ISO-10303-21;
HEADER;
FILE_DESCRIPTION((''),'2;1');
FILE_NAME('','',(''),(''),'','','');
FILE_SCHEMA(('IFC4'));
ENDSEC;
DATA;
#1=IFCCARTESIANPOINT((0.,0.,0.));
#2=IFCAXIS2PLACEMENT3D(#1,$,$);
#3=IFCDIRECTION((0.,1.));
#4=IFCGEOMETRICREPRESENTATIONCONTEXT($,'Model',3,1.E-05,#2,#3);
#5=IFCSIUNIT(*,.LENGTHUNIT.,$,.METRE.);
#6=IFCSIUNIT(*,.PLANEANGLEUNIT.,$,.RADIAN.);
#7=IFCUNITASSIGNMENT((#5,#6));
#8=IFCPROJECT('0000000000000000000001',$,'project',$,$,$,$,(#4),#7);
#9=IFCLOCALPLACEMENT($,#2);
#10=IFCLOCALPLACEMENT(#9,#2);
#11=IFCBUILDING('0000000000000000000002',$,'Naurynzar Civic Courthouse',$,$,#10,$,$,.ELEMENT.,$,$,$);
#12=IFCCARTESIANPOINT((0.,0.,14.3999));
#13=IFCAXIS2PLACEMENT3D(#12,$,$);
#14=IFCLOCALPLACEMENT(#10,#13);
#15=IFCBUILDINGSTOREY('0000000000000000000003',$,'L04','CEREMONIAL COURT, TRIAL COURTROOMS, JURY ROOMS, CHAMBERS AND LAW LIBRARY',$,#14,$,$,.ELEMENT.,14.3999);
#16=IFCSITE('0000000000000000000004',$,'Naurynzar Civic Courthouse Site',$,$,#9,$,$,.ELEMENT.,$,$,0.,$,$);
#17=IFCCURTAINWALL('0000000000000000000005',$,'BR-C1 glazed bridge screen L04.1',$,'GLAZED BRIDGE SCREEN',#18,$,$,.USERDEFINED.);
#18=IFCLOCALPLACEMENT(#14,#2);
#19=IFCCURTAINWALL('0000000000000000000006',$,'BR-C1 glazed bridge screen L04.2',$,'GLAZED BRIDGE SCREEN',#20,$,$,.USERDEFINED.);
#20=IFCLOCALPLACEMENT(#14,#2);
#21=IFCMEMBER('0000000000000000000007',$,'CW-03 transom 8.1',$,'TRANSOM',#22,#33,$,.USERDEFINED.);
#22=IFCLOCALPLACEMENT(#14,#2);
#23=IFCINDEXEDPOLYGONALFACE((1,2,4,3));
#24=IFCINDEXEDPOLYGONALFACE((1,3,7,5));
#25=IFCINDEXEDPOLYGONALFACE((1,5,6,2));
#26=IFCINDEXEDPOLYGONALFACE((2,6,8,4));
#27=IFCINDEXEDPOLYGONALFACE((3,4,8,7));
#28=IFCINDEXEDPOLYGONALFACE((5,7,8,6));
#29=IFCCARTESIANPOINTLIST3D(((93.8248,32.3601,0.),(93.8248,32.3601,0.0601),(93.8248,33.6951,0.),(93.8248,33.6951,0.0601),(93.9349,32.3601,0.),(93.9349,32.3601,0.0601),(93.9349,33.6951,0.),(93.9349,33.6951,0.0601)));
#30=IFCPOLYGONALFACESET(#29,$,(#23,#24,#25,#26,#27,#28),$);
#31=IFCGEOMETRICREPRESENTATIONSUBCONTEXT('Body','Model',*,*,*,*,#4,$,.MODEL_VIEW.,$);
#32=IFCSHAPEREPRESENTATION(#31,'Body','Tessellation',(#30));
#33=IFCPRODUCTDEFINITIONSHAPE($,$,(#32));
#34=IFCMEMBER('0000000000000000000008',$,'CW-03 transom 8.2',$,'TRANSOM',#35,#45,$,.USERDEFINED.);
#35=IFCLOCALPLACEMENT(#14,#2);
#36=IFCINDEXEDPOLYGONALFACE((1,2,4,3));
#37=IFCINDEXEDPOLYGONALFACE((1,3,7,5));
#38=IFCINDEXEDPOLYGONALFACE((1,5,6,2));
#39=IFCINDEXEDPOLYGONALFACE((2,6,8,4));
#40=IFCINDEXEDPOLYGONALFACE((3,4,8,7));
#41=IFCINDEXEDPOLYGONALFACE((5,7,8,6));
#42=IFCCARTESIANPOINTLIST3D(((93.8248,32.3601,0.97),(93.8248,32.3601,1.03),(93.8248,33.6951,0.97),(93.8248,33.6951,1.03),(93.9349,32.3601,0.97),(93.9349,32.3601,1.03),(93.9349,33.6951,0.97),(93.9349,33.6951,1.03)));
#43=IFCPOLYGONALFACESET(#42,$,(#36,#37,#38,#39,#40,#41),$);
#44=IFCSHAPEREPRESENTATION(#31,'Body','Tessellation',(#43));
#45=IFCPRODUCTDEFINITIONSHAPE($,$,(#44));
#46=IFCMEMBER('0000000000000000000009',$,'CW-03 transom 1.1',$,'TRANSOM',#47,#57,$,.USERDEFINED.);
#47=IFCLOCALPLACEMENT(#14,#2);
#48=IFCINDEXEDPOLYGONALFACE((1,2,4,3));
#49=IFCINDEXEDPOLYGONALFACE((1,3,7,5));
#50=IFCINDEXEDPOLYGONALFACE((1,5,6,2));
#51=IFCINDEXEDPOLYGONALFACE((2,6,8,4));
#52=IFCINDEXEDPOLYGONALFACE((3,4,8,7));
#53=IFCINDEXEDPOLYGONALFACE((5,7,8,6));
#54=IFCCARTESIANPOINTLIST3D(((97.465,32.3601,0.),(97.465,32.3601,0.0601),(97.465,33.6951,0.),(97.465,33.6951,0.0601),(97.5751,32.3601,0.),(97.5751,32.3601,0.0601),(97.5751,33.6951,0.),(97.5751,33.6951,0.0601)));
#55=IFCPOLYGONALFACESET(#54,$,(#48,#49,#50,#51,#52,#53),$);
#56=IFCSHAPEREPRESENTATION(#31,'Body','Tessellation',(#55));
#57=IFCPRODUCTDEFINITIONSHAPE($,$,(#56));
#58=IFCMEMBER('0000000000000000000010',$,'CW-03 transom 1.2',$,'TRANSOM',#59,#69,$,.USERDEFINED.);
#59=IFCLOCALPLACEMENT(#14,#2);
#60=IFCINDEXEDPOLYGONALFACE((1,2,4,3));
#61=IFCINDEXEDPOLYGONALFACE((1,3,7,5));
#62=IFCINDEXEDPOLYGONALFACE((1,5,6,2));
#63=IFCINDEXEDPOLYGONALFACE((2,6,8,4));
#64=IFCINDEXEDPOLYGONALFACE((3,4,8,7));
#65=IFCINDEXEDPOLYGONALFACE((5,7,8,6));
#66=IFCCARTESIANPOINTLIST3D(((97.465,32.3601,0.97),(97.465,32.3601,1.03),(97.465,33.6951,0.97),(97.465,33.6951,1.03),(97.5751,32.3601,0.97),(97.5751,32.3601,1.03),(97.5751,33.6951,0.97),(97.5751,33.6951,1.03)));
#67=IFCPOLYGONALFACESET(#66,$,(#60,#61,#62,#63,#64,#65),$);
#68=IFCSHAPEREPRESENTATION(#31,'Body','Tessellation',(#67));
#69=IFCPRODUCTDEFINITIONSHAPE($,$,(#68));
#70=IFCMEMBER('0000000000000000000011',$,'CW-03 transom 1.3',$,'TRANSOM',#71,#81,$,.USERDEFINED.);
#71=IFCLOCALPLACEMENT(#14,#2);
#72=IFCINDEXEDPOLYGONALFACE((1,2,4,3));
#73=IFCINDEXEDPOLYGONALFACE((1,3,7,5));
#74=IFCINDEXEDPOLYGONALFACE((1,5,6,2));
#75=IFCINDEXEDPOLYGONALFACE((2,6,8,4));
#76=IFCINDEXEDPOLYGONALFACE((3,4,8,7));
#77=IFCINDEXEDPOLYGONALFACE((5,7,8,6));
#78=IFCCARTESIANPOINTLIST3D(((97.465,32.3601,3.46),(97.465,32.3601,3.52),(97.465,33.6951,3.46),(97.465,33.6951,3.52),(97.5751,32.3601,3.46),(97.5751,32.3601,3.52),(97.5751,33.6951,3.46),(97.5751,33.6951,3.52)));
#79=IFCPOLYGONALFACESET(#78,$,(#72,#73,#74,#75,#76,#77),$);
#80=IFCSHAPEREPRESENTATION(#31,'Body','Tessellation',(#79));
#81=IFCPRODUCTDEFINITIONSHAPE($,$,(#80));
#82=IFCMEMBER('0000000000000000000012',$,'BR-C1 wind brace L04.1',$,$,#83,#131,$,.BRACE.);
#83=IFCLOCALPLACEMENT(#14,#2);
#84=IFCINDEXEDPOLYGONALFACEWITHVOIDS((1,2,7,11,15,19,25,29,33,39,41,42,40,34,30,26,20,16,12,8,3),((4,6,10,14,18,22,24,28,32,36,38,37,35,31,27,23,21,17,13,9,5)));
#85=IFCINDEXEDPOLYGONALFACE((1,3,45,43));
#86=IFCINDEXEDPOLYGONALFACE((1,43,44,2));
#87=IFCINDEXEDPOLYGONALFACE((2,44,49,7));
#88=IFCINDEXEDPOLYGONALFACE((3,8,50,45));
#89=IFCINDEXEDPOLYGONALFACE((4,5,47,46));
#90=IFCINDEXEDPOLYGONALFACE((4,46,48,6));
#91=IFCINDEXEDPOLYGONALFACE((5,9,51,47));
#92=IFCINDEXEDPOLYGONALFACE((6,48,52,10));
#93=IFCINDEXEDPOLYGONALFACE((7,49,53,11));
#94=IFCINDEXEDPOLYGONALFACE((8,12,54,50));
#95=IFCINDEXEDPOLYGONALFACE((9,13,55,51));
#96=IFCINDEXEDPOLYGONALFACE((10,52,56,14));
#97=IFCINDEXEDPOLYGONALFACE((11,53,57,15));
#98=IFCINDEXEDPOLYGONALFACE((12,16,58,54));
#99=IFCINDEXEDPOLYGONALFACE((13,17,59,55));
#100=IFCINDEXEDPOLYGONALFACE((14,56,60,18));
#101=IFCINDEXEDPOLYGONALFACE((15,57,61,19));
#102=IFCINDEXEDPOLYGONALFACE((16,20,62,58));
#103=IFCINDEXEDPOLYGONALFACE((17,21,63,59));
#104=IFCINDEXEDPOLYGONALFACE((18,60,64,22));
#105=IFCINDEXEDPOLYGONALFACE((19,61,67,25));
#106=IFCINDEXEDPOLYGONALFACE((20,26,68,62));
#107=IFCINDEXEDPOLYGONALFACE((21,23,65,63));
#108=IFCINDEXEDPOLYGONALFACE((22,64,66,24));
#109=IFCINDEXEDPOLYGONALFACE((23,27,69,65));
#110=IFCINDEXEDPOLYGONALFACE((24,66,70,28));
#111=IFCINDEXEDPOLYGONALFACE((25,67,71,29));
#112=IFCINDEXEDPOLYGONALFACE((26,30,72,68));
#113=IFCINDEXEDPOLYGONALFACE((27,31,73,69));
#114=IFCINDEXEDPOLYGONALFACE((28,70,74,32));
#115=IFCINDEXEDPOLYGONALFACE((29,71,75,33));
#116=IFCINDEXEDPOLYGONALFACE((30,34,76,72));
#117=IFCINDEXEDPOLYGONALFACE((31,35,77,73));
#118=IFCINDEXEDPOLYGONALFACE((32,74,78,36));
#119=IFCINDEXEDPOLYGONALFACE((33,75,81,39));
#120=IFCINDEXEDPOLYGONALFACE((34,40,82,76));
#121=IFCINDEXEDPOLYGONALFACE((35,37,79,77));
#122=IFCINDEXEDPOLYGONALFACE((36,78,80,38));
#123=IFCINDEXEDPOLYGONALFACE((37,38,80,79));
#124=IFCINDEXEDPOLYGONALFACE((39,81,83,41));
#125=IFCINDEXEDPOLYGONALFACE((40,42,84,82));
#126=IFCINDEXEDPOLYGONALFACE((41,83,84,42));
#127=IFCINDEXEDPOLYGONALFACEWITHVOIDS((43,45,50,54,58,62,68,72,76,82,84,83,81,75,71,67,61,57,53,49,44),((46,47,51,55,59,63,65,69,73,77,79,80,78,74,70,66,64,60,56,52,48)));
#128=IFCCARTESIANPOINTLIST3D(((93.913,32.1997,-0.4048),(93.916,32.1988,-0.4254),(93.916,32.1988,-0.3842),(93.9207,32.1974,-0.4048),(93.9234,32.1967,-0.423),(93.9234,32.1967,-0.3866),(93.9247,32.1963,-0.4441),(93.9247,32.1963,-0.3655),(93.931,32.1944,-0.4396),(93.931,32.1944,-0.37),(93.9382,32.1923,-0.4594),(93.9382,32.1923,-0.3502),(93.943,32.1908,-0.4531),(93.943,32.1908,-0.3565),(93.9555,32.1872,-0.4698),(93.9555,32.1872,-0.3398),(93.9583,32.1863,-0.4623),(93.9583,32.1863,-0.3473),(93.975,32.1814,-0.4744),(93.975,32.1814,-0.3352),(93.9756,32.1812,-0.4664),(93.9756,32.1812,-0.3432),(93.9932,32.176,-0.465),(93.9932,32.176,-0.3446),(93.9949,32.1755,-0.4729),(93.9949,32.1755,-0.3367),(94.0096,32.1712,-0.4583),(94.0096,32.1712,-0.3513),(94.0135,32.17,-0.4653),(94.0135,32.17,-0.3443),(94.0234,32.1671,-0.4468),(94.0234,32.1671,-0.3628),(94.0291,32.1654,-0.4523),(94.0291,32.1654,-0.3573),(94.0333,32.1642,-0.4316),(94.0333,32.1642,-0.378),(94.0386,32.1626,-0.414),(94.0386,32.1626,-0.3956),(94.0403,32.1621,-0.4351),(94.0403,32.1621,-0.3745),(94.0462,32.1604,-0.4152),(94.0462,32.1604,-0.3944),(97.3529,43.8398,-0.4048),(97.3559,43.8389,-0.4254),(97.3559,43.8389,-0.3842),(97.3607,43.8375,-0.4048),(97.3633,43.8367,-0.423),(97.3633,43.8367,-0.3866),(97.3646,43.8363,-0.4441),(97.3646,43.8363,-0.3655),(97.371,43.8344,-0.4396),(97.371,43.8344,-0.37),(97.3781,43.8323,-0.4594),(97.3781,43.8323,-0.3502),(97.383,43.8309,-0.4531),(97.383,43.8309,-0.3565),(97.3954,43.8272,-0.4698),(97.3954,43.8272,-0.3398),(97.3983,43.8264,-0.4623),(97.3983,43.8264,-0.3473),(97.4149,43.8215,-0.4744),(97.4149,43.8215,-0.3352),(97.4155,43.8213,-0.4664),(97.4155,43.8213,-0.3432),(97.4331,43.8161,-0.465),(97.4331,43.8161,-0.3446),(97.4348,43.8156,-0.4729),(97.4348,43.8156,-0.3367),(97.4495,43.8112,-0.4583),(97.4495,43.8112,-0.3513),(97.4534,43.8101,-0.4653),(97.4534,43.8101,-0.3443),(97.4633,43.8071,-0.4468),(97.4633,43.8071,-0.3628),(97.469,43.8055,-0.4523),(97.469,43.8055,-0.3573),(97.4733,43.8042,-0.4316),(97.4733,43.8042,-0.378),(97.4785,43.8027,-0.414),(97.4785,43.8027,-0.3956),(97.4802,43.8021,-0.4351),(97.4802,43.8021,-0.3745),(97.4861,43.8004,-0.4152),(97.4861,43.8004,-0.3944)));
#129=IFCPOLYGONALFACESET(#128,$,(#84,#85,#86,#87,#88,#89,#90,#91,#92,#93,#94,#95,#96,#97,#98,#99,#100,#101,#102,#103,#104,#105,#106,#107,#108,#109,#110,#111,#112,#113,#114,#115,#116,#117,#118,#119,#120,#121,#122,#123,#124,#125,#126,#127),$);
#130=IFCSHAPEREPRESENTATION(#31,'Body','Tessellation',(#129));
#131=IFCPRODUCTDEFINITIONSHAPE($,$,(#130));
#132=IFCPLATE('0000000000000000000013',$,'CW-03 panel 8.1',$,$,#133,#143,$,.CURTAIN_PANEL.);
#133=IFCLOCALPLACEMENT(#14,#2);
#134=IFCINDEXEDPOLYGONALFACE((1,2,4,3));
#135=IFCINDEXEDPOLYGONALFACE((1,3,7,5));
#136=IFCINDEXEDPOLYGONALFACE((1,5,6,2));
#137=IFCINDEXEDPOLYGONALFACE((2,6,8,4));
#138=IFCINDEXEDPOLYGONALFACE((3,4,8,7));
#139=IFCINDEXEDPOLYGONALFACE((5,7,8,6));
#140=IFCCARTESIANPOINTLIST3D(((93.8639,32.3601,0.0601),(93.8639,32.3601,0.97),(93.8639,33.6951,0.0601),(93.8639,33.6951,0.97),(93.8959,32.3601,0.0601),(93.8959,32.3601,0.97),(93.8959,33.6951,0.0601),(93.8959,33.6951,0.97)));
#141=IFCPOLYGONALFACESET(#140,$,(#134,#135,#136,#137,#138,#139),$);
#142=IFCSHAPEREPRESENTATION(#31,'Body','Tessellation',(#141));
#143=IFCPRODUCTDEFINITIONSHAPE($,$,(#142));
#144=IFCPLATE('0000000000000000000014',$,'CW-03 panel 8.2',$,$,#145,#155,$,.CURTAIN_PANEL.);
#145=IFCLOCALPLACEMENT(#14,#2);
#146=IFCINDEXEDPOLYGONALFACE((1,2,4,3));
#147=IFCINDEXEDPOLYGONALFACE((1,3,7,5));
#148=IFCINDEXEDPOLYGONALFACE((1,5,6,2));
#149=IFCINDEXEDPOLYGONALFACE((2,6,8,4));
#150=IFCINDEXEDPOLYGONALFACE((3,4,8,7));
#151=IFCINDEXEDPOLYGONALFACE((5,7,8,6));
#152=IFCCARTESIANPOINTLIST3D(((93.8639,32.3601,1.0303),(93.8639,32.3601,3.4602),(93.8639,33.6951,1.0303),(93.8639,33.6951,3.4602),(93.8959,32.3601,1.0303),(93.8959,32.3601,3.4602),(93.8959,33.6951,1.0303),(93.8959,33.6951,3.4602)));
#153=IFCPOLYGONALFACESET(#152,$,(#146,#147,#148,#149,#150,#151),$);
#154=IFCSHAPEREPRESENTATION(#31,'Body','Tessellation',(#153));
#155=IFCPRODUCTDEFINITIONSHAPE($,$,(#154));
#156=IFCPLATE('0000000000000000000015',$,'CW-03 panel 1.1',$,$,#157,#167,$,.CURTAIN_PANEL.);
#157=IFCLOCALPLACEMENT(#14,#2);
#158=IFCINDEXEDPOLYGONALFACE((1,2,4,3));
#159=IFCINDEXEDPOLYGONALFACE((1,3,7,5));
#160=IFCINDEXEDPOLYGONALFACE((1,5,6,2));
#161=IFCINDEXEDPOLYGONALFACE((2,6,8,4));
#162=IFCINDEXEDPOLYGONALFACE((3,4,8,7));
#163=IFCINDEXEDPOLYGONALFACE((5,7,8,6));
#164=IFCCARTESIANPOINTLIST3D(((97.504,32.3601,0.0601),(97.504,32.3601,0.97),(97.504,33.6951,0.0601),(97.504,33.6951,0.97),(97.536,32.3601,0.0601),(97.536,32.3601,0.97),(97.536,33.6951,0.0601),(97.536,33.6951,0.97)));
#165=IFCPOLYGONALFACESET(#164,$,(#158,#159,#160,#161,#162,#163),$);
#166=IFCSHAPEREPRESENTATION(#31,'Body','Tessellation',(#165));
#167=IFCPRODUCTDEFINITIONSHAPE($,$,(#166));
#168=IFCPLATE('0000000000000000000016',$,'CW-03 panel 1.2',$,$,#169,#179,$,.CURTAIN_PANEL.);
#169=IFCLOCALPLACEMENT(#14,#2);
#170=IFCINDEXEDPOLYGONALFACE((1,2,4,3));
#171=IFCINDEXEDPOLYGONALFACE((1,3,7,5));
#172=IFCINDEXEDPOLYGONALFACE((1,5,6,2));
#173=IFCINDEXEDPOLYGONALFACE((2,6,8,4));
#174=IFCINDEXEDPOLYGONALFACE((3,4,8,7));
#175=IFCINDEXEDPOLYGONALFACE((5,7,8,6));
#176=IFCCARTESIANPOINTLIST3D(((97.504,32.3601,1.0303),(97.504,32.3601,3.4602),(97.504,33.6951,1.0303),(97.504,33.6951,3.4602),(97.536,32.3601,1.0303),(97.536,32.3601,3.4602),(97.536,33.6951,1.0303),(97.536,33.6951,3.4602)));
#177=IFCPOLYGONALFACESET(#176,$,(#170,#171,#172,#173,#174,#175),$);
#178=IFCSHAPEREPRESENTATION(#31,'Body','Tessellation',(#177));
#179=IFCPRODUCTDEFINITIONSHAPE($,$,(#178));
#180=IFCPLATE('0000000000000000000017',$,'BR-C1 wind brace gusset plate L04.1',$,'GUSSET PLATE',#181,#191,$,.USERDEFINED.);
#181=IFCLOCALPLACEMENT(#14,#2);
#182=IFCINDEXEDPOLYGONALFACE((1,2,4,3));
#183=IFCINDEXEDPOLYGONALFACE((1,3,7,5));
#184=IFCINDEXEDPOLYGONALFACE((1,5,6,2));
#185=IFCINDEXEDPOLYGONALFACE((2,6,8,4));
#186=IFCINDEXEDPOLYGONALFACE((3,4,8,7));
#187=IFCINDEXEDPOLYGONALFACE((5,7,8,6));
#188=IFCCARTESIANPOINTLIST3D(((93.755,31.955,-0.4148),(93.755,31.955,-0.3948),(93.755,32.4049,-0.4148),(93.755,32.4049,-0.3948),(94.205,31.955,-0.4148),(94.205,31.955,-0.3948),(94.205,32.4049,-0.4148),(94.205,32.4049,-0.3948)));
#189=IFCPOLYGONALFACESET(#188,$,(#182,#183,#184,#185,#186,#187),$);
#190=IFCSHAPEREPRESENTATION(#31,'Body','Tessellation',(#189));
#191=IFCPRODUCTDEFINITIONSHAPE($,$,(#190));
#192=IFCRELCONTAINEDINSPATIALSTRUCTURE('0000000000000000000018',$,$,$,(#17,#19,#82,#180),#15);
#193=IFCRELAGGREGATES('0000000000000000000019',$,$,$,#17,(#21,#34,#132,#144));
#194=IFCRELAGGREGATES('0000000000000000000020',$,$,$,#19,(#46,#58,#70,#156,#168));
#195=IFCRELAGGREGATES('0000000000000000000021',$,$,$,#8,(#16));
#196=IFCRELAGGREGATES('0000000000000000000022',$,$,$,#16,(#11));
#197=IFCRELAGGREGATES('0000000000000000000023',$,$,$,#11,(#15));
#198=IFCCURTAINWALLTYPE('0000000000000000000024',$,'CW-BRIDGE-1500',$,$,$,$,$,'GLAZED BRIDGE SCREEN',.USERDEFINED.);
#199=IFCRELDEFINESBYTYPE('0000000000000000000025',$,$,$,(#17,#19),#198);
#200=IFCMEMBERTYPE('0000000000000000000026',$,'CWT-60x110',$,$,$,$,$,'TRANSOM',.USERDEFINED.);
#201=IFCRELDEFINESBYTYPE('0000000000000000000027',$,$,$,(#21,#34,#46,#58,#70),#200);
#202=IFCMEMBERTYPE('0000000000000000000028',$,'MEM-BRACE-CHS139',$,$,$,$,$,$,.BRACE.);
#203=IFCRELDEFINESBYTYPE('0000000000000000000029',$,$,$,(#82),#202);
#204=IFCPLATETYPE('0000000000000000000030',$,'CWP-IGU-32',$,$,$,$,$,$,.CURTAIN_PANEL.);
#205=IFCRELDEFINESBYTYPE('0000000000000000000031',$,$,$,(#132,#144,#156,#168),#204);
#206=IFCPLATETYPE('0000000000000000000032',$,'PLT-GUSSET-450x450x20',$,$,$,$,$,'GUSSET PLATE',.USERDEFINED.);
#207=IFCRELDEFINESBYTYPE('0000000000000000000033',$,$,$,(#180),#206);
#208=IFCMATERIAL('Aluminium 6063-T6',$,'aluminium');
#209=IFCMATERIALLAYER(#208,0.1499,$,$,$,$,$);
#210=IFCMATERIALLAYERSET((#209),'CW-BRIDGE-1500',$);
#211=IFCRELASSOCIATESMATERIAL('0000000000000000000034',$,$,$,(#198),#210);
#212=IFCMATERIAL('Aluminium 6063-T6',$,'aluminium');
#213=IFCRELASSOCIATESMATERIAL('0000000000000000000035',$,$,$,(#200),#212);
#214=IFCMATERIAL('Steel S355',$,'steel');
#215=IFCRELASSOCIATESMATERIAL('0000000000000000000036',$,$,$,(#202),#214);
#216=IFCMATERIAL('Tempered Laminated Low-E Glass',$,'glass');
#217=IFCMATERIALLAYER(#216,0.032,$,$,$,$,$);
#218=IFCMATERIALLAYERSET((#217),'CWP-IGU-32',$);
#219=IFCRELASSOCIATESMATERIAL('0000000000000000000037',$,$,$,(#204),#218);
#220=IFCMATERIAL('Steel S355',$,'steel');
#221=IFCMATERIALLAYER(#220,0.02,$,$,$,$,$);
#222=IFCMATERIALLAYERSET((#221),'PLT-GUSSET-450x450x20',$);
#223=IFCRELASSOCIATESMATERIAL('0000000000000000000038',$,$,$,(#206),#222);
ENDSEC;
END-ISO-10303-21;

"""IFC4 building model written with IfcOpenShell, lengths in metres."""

from ifc_helpers import new_model, si_unit, direction, frame, origin, origin_2d, place, context, subcontext, project, spatial, rectangle, hollow_circle, extrude, material, layer, layer_set, material_profile, profile_set, type_object, element, aggregate, save


model = new_model("IFC4")

# Units and contexts
model_context = context("Model", 3, precision=1e-05, world=origin(), true_north=direction((0.0, 1.0)))
body_context = subcontext(model_context, "Body", "Model", "MODEL_VIEW")
ifc_project = project(units=[si_unit("LENGTHUNIT", "METRE"), si_unit("PLANEANGLEUNIT", "RADIAN")], contexts=[model_context])

# Site, building, storey
site_placement = place(None, origin())
site = spatial("IfcSite", under=ifc_project, at=site_placement, Name="Naurynzar Civic Courthouse Site", CompositionType="ELEMENT", RefElevation=0.0)
building_placement = place(site_placement, origin())
building = spatial("IfcBuilding", under=site, at=building_placement, Name="Naurynzar Civic Courthouse", CompositionType="ELEMENT")
storey_placement = place(building_placement, frame((0.0, 0.0, 14.3999)))
storey = spatial("IfcBuildingStorey", under=building, at=storey_placement, Name="L04", Description="CEREMONIAL COURT, TRIAL COURTROOMS, JURY ROOMS, CHAMBERS AND LAW LIBRARY", CompositionType="ELEMENT", Elevation=14.3999)

# Curtain walls
ifc_material_1 = material(Name="Aluminium 6063-T6", Category="aluminium")
ifc_layer_1 = layer(ifc_material_1, 0.1499)
ifc_layer_set_1 = layer_set([ifc_layer_1], Name="CW-BRIDGE-1500")
curtain_wall_type = type_object("IfcCurtainWallType", Name="CW-BRIDGE-1500", ElementType="GLAZED BRIDGE SCREEN", PredefinedType="USERDEFINED", material=ifc_layer_set_1)
curtain_wall_1_placement = place(storey_placement, origin())
curtain_wall_1 = element("IfcCurtainWall", 1, at=curtain_wall_1_placement, inside=storey, type_object=curtain_wall_type, Name="BR-C1 glazed bridge screen L04.1", ObjectType="GLAZED BRIDGE SCREEN", PredefinedType="USERDEFINED")
curtain_wall_2_placement = place(storey_placement, origin())
curtain_wall_2 = element("IfcCurtainWall", 2, at=curtain_wall_2_placement, inside=storey, type_object=curtain_wall_type, Name="BR-C1 glazed bridge screen L04.2", ObjectType="GLAZED BRIDGE SCREEN", PredefinedType="USERDEFINED")

# Members
ifc_material_2 = material(Name="Aluminium 6063-T6", Category="aluminium")
ifc_material_profile_1 = material_profile(ifc_material_2, rectangle(XDim=0.1101, YDim=0.0601, at=origin_2d()), Name="ALU TRANSOM 60x110")
ifc_profile_set_1 = profile_set([ifc_material_profile_1], Name="Aluminium 6063-T6")
member_type_1 = type_object("IfcMemberType", Name="CWT-60x110", ElementType="TRANSOM", PredefinedType="USERDEFINED", material=ifc_profile_set_1)
member_1_placement = place(storey_placement, frame((93.8799, 33.6951, 0.03), z_axis=(0.0, -1.0, 0.0), x_axis=(1.0, 0.0, 0.0)))
member_1 = element("IfcMember", 3, at=member_1_placement, type_object=member_type_1, Name="CW-03 transom 8.1", ObjectType="TRANSOM", PredefinedType="USERDEFINED", context=body_context, shape_type="SweptSolid", body=[
    extrude(rectangle(XDim=0.1101, YDim=0.0601, at=origin_2d()), origin(), (0.0, 0.0, 1.0), 1.335),
])
member_2_placement = place(storey_placement, frame((93.8799, 33.6951, 1.0), z_axis=(0.0, -1.0, 0.0), x_axis=(1.0, 0.0, 0.0)))
member_2 = element("IfcMember", 4, at=member_2_placement, type_object=member_type_1, Name="CW-03 transom 8.2", ObjectType="TRANSOM", PredefinedType="USERDEFINED", context=body_context, shape_type="SweptSolid", body=[
    extrude(rectangle(XDim=0.1101, YDim=0.0601, at=origin_2d()), origin(), (0.0, 0.0, 1.0), 1.335),
])
member_3_placement = place(storey_placement, frame((97.52, 32.3601, 0.03), z_axis=(0.0, 1.0, 0.0), x_axis=(-1.0, 0.0, 0.0)))
member_3 = element("IfcMember", 5, at=member_3_placement, type_object=member_type_1, Name="CW-03 transom 1.1", ObjectType="TRANSOM", PredefinedType="USERDEFINED", context=body_context, shape_type="SweptSolid", body=[
    extrude(rectangle(XDim=0.1101, YDim=0.0601, at=origin_2d()), origin(), (0.0, 0.0, 1.0), 1.335),
])
member_4_placement = place(storey_placement, frame((97.52, 32.3601, 1.0), z_axis=(0.0, 1.0, 0.0), x_axis=(-1.0, 0.0, 0.0)))
member_4 = element("IfcMember", 6, at=member_4_placement, type_object=member_type_1, Name="CW-03 transom 1.2", ObjectType="TRANSOM", PredefinedType="USERDEFINED", context=body_context, shape_type="SweptSolid", body=[
    extrude(rectangle(XDim=0.1101, YDim=0.0601, at=origin_2d()), origin(), (0.0, 0.0, 1.0), 1.335),
])
member_5_placement = place(storey_placement, frame((97.52, 32.3601, 3.49), z_axis=(0.0, 1.0, 0.0), x_axis=(-1.0, 0.0, 0.0)))
member_5 = element("IfcMember", 7, at=member_5_placement, type_object=member_type_1, Name="CW-03 transom 1.3", ObjectType="TRANSOM", PredefinedType="USERDEFINED", context=body_context, shape_type="SweptSolid", body=[
    extrude(rectangle(XDim=0.1101, YDim=0.0601, at=origin_2d()), origin(), (0.0, 0.0, 1.0), 1.335),
])
ifc_material_3 = material(Name="Steel S355", Category="steel")
ifc_material_profile_2 = material_profile(ifc_material_3, hollow_circle(Radius=0.0698, WallThickness=0.0081, at=origin_2d()), Name="CHS 139.7x8")
ifc_profile_set_2 = profile_set([ifc_material_profile_2], Name="Steel S355")
member_type_2 = type_object("IfcMemberType", Name="MEM-BRACE-CHS139", PredefinedType="BRACE", material=ifc_profile_set_2)
member_6_placement = place(storey_placement, frame((93.98, 32.1799, -0.4048), z_axis=(0.283408, 0.959, 0.0), x_axis=(-0.959, 0.283408, 0.0)))
element("IfcMember", 8, at=member_6_placement, inside=storey, type_object=member_type_2, Name="BR-C1 wind brace L04.1", PredefinedType="BRACE", context=body_context, shape_type="SweptSolid", body=[
    extrude(hollow_circle(Radius=0.0698, WallThickness=0.0081, at=origin_2d()), origin(), (0.0, 0.0, 1.0), 12.1377),
])

# Plates
ifc_material_4 = material(Name="Tempered Laminated Low-E Glass", Category="glass")
ifc_layer_2 = layer(ifc_material_4, 0.032)
ifc_layer_set_2 = layer_set([ifc_layer_2], Name="CWP-IGU-32")
plate_type_1 = type_object("IfcPlateType", Name="CWP-IGU-32", PredefinedType="CURTAIN_PANEL", material=ifc_layer_set_2)
plate_1_placement = place(storey_placement, frame((93.8799, 33.0276, 0.0601), z_axis=(0.0, 0.0, 1.0), x_axis=(0.0, -1.0, 0.0)))
plate_1 = element("IfcPlate", 9, at=plate_1_placement, type_object=plate_type_1, Name="CW-03 panel 8.1", PredefinedType="CURTAIN_PANEL", context=body_context, shape_type="SweptSolid", body=[
    extrude(rectangle(XDim=1.335, YDim=0.032, at=origin_2d()), origin(), (0.0, 0.0, 1.0), 0.9099),
])
plate_2_placement = place(storey_placement, frame((93.8799, 33.0276, 1.0303), z_axis=(0.0, 0.0, 1.0), x_axis=(0.0, -1.0, 0.0)))
plate_2 = element("IfcPlate", 10, at=plate_2_placement, type_object=plate_type_1, Name="CW-03 panel 8.2", PredefinedType="CURTAIN_PANEL", context=body_context, shape_type="SweptSolid", body=[
    extrude(rectangle(XDim=1.335, YDim=0.032, at=origin_2d()), origin(), (0.0, 0.0, 1.0), 2.4299),
])
aggregate(curtain_wall_1, [member_1, member_2, plate_1, plate_2])
plate_3_placement = place(storey_placement, frame((97.52, 33.0276, 0.0601), z_axis=(0.0, 0.0, 1.0), x_axis=(0.0, 1.0, 0.0)))
plate_3 = element("IfcPlate", 11, at=plate_3_placement, type_object=plate_type_1, Name="CW-03 panel 1.1", PredefinedType="CURTAIN_PANEL", context=body_context, shape_type="SweptSolid", body=[
    extrude(rectangle(XDim=1.335, YDim=0.032, at=origin_2d()), origin(), (0.0, 0.0, 1.0), 0.9099),
])
plate_4_placement = place(storey_placement, frame((97.52, 33.0276, 1.0303), z_axis=(0.0, 0.0, 1.0), x_axis=(0.0, 1.0, 0.0)))
plate_4 = element("IfcPlate", 12, at=plate_4_placement, type_object=plate_type_1, Name="CW-03 panel 1.2", PredefinedType="CURTAIN_PANEL", context=body_context, shape_type="SweptSolid", body=[
    extrude(rectangle(XDim=1.335, YDim=0.032, at=origin_2d()), origin(), (0.0, 0.0, 1.0), 2.4299),
])
aggregate(curtain_wall_2, [member_3, member_4, member_5, plate_3, plate_4])

# Plate
ifc_material_5 = material(Name="Steel S355", Category="steel")
ifc_layer_3 = layer(ifc_material_5, 0.02)
ifc_layer_set_3 = layer_set([ifc_layer_3], Name="PLT-GUSSET-450x450x20")
plate_type_2 = type_object("IfcPlateType", Name="PLT-GUSSET-450x450x20", ElementType="GUSSET PLATE", PredefinedType="USERDEFINED", material=ifc_layer_set_3)
plate_5_placement = place(storey_placement, frame((93.98, 32.1799, -0.4148), z_axis=(0.0, 0.0, 1.0), x_axis=(1.0, 0.0, 0.0)))
element("IfcPlate", 13, at=plate_5_placement, inside=storey, type_object=plate_type_2, Name="BR-C1 wind brace gusset plate L04.1", ObjectType="GUSSET PLATE", PredefinedType="USERDEFINED", context=body_context, shape_type="SweptSolid", body=[
    extrude(rectangle(XDim=0.45, YDim=0.45, at=origin_2d()), origin(), (0.0, 0.0, 1.0), 0.02),
])

save(model, "model.ifc")
